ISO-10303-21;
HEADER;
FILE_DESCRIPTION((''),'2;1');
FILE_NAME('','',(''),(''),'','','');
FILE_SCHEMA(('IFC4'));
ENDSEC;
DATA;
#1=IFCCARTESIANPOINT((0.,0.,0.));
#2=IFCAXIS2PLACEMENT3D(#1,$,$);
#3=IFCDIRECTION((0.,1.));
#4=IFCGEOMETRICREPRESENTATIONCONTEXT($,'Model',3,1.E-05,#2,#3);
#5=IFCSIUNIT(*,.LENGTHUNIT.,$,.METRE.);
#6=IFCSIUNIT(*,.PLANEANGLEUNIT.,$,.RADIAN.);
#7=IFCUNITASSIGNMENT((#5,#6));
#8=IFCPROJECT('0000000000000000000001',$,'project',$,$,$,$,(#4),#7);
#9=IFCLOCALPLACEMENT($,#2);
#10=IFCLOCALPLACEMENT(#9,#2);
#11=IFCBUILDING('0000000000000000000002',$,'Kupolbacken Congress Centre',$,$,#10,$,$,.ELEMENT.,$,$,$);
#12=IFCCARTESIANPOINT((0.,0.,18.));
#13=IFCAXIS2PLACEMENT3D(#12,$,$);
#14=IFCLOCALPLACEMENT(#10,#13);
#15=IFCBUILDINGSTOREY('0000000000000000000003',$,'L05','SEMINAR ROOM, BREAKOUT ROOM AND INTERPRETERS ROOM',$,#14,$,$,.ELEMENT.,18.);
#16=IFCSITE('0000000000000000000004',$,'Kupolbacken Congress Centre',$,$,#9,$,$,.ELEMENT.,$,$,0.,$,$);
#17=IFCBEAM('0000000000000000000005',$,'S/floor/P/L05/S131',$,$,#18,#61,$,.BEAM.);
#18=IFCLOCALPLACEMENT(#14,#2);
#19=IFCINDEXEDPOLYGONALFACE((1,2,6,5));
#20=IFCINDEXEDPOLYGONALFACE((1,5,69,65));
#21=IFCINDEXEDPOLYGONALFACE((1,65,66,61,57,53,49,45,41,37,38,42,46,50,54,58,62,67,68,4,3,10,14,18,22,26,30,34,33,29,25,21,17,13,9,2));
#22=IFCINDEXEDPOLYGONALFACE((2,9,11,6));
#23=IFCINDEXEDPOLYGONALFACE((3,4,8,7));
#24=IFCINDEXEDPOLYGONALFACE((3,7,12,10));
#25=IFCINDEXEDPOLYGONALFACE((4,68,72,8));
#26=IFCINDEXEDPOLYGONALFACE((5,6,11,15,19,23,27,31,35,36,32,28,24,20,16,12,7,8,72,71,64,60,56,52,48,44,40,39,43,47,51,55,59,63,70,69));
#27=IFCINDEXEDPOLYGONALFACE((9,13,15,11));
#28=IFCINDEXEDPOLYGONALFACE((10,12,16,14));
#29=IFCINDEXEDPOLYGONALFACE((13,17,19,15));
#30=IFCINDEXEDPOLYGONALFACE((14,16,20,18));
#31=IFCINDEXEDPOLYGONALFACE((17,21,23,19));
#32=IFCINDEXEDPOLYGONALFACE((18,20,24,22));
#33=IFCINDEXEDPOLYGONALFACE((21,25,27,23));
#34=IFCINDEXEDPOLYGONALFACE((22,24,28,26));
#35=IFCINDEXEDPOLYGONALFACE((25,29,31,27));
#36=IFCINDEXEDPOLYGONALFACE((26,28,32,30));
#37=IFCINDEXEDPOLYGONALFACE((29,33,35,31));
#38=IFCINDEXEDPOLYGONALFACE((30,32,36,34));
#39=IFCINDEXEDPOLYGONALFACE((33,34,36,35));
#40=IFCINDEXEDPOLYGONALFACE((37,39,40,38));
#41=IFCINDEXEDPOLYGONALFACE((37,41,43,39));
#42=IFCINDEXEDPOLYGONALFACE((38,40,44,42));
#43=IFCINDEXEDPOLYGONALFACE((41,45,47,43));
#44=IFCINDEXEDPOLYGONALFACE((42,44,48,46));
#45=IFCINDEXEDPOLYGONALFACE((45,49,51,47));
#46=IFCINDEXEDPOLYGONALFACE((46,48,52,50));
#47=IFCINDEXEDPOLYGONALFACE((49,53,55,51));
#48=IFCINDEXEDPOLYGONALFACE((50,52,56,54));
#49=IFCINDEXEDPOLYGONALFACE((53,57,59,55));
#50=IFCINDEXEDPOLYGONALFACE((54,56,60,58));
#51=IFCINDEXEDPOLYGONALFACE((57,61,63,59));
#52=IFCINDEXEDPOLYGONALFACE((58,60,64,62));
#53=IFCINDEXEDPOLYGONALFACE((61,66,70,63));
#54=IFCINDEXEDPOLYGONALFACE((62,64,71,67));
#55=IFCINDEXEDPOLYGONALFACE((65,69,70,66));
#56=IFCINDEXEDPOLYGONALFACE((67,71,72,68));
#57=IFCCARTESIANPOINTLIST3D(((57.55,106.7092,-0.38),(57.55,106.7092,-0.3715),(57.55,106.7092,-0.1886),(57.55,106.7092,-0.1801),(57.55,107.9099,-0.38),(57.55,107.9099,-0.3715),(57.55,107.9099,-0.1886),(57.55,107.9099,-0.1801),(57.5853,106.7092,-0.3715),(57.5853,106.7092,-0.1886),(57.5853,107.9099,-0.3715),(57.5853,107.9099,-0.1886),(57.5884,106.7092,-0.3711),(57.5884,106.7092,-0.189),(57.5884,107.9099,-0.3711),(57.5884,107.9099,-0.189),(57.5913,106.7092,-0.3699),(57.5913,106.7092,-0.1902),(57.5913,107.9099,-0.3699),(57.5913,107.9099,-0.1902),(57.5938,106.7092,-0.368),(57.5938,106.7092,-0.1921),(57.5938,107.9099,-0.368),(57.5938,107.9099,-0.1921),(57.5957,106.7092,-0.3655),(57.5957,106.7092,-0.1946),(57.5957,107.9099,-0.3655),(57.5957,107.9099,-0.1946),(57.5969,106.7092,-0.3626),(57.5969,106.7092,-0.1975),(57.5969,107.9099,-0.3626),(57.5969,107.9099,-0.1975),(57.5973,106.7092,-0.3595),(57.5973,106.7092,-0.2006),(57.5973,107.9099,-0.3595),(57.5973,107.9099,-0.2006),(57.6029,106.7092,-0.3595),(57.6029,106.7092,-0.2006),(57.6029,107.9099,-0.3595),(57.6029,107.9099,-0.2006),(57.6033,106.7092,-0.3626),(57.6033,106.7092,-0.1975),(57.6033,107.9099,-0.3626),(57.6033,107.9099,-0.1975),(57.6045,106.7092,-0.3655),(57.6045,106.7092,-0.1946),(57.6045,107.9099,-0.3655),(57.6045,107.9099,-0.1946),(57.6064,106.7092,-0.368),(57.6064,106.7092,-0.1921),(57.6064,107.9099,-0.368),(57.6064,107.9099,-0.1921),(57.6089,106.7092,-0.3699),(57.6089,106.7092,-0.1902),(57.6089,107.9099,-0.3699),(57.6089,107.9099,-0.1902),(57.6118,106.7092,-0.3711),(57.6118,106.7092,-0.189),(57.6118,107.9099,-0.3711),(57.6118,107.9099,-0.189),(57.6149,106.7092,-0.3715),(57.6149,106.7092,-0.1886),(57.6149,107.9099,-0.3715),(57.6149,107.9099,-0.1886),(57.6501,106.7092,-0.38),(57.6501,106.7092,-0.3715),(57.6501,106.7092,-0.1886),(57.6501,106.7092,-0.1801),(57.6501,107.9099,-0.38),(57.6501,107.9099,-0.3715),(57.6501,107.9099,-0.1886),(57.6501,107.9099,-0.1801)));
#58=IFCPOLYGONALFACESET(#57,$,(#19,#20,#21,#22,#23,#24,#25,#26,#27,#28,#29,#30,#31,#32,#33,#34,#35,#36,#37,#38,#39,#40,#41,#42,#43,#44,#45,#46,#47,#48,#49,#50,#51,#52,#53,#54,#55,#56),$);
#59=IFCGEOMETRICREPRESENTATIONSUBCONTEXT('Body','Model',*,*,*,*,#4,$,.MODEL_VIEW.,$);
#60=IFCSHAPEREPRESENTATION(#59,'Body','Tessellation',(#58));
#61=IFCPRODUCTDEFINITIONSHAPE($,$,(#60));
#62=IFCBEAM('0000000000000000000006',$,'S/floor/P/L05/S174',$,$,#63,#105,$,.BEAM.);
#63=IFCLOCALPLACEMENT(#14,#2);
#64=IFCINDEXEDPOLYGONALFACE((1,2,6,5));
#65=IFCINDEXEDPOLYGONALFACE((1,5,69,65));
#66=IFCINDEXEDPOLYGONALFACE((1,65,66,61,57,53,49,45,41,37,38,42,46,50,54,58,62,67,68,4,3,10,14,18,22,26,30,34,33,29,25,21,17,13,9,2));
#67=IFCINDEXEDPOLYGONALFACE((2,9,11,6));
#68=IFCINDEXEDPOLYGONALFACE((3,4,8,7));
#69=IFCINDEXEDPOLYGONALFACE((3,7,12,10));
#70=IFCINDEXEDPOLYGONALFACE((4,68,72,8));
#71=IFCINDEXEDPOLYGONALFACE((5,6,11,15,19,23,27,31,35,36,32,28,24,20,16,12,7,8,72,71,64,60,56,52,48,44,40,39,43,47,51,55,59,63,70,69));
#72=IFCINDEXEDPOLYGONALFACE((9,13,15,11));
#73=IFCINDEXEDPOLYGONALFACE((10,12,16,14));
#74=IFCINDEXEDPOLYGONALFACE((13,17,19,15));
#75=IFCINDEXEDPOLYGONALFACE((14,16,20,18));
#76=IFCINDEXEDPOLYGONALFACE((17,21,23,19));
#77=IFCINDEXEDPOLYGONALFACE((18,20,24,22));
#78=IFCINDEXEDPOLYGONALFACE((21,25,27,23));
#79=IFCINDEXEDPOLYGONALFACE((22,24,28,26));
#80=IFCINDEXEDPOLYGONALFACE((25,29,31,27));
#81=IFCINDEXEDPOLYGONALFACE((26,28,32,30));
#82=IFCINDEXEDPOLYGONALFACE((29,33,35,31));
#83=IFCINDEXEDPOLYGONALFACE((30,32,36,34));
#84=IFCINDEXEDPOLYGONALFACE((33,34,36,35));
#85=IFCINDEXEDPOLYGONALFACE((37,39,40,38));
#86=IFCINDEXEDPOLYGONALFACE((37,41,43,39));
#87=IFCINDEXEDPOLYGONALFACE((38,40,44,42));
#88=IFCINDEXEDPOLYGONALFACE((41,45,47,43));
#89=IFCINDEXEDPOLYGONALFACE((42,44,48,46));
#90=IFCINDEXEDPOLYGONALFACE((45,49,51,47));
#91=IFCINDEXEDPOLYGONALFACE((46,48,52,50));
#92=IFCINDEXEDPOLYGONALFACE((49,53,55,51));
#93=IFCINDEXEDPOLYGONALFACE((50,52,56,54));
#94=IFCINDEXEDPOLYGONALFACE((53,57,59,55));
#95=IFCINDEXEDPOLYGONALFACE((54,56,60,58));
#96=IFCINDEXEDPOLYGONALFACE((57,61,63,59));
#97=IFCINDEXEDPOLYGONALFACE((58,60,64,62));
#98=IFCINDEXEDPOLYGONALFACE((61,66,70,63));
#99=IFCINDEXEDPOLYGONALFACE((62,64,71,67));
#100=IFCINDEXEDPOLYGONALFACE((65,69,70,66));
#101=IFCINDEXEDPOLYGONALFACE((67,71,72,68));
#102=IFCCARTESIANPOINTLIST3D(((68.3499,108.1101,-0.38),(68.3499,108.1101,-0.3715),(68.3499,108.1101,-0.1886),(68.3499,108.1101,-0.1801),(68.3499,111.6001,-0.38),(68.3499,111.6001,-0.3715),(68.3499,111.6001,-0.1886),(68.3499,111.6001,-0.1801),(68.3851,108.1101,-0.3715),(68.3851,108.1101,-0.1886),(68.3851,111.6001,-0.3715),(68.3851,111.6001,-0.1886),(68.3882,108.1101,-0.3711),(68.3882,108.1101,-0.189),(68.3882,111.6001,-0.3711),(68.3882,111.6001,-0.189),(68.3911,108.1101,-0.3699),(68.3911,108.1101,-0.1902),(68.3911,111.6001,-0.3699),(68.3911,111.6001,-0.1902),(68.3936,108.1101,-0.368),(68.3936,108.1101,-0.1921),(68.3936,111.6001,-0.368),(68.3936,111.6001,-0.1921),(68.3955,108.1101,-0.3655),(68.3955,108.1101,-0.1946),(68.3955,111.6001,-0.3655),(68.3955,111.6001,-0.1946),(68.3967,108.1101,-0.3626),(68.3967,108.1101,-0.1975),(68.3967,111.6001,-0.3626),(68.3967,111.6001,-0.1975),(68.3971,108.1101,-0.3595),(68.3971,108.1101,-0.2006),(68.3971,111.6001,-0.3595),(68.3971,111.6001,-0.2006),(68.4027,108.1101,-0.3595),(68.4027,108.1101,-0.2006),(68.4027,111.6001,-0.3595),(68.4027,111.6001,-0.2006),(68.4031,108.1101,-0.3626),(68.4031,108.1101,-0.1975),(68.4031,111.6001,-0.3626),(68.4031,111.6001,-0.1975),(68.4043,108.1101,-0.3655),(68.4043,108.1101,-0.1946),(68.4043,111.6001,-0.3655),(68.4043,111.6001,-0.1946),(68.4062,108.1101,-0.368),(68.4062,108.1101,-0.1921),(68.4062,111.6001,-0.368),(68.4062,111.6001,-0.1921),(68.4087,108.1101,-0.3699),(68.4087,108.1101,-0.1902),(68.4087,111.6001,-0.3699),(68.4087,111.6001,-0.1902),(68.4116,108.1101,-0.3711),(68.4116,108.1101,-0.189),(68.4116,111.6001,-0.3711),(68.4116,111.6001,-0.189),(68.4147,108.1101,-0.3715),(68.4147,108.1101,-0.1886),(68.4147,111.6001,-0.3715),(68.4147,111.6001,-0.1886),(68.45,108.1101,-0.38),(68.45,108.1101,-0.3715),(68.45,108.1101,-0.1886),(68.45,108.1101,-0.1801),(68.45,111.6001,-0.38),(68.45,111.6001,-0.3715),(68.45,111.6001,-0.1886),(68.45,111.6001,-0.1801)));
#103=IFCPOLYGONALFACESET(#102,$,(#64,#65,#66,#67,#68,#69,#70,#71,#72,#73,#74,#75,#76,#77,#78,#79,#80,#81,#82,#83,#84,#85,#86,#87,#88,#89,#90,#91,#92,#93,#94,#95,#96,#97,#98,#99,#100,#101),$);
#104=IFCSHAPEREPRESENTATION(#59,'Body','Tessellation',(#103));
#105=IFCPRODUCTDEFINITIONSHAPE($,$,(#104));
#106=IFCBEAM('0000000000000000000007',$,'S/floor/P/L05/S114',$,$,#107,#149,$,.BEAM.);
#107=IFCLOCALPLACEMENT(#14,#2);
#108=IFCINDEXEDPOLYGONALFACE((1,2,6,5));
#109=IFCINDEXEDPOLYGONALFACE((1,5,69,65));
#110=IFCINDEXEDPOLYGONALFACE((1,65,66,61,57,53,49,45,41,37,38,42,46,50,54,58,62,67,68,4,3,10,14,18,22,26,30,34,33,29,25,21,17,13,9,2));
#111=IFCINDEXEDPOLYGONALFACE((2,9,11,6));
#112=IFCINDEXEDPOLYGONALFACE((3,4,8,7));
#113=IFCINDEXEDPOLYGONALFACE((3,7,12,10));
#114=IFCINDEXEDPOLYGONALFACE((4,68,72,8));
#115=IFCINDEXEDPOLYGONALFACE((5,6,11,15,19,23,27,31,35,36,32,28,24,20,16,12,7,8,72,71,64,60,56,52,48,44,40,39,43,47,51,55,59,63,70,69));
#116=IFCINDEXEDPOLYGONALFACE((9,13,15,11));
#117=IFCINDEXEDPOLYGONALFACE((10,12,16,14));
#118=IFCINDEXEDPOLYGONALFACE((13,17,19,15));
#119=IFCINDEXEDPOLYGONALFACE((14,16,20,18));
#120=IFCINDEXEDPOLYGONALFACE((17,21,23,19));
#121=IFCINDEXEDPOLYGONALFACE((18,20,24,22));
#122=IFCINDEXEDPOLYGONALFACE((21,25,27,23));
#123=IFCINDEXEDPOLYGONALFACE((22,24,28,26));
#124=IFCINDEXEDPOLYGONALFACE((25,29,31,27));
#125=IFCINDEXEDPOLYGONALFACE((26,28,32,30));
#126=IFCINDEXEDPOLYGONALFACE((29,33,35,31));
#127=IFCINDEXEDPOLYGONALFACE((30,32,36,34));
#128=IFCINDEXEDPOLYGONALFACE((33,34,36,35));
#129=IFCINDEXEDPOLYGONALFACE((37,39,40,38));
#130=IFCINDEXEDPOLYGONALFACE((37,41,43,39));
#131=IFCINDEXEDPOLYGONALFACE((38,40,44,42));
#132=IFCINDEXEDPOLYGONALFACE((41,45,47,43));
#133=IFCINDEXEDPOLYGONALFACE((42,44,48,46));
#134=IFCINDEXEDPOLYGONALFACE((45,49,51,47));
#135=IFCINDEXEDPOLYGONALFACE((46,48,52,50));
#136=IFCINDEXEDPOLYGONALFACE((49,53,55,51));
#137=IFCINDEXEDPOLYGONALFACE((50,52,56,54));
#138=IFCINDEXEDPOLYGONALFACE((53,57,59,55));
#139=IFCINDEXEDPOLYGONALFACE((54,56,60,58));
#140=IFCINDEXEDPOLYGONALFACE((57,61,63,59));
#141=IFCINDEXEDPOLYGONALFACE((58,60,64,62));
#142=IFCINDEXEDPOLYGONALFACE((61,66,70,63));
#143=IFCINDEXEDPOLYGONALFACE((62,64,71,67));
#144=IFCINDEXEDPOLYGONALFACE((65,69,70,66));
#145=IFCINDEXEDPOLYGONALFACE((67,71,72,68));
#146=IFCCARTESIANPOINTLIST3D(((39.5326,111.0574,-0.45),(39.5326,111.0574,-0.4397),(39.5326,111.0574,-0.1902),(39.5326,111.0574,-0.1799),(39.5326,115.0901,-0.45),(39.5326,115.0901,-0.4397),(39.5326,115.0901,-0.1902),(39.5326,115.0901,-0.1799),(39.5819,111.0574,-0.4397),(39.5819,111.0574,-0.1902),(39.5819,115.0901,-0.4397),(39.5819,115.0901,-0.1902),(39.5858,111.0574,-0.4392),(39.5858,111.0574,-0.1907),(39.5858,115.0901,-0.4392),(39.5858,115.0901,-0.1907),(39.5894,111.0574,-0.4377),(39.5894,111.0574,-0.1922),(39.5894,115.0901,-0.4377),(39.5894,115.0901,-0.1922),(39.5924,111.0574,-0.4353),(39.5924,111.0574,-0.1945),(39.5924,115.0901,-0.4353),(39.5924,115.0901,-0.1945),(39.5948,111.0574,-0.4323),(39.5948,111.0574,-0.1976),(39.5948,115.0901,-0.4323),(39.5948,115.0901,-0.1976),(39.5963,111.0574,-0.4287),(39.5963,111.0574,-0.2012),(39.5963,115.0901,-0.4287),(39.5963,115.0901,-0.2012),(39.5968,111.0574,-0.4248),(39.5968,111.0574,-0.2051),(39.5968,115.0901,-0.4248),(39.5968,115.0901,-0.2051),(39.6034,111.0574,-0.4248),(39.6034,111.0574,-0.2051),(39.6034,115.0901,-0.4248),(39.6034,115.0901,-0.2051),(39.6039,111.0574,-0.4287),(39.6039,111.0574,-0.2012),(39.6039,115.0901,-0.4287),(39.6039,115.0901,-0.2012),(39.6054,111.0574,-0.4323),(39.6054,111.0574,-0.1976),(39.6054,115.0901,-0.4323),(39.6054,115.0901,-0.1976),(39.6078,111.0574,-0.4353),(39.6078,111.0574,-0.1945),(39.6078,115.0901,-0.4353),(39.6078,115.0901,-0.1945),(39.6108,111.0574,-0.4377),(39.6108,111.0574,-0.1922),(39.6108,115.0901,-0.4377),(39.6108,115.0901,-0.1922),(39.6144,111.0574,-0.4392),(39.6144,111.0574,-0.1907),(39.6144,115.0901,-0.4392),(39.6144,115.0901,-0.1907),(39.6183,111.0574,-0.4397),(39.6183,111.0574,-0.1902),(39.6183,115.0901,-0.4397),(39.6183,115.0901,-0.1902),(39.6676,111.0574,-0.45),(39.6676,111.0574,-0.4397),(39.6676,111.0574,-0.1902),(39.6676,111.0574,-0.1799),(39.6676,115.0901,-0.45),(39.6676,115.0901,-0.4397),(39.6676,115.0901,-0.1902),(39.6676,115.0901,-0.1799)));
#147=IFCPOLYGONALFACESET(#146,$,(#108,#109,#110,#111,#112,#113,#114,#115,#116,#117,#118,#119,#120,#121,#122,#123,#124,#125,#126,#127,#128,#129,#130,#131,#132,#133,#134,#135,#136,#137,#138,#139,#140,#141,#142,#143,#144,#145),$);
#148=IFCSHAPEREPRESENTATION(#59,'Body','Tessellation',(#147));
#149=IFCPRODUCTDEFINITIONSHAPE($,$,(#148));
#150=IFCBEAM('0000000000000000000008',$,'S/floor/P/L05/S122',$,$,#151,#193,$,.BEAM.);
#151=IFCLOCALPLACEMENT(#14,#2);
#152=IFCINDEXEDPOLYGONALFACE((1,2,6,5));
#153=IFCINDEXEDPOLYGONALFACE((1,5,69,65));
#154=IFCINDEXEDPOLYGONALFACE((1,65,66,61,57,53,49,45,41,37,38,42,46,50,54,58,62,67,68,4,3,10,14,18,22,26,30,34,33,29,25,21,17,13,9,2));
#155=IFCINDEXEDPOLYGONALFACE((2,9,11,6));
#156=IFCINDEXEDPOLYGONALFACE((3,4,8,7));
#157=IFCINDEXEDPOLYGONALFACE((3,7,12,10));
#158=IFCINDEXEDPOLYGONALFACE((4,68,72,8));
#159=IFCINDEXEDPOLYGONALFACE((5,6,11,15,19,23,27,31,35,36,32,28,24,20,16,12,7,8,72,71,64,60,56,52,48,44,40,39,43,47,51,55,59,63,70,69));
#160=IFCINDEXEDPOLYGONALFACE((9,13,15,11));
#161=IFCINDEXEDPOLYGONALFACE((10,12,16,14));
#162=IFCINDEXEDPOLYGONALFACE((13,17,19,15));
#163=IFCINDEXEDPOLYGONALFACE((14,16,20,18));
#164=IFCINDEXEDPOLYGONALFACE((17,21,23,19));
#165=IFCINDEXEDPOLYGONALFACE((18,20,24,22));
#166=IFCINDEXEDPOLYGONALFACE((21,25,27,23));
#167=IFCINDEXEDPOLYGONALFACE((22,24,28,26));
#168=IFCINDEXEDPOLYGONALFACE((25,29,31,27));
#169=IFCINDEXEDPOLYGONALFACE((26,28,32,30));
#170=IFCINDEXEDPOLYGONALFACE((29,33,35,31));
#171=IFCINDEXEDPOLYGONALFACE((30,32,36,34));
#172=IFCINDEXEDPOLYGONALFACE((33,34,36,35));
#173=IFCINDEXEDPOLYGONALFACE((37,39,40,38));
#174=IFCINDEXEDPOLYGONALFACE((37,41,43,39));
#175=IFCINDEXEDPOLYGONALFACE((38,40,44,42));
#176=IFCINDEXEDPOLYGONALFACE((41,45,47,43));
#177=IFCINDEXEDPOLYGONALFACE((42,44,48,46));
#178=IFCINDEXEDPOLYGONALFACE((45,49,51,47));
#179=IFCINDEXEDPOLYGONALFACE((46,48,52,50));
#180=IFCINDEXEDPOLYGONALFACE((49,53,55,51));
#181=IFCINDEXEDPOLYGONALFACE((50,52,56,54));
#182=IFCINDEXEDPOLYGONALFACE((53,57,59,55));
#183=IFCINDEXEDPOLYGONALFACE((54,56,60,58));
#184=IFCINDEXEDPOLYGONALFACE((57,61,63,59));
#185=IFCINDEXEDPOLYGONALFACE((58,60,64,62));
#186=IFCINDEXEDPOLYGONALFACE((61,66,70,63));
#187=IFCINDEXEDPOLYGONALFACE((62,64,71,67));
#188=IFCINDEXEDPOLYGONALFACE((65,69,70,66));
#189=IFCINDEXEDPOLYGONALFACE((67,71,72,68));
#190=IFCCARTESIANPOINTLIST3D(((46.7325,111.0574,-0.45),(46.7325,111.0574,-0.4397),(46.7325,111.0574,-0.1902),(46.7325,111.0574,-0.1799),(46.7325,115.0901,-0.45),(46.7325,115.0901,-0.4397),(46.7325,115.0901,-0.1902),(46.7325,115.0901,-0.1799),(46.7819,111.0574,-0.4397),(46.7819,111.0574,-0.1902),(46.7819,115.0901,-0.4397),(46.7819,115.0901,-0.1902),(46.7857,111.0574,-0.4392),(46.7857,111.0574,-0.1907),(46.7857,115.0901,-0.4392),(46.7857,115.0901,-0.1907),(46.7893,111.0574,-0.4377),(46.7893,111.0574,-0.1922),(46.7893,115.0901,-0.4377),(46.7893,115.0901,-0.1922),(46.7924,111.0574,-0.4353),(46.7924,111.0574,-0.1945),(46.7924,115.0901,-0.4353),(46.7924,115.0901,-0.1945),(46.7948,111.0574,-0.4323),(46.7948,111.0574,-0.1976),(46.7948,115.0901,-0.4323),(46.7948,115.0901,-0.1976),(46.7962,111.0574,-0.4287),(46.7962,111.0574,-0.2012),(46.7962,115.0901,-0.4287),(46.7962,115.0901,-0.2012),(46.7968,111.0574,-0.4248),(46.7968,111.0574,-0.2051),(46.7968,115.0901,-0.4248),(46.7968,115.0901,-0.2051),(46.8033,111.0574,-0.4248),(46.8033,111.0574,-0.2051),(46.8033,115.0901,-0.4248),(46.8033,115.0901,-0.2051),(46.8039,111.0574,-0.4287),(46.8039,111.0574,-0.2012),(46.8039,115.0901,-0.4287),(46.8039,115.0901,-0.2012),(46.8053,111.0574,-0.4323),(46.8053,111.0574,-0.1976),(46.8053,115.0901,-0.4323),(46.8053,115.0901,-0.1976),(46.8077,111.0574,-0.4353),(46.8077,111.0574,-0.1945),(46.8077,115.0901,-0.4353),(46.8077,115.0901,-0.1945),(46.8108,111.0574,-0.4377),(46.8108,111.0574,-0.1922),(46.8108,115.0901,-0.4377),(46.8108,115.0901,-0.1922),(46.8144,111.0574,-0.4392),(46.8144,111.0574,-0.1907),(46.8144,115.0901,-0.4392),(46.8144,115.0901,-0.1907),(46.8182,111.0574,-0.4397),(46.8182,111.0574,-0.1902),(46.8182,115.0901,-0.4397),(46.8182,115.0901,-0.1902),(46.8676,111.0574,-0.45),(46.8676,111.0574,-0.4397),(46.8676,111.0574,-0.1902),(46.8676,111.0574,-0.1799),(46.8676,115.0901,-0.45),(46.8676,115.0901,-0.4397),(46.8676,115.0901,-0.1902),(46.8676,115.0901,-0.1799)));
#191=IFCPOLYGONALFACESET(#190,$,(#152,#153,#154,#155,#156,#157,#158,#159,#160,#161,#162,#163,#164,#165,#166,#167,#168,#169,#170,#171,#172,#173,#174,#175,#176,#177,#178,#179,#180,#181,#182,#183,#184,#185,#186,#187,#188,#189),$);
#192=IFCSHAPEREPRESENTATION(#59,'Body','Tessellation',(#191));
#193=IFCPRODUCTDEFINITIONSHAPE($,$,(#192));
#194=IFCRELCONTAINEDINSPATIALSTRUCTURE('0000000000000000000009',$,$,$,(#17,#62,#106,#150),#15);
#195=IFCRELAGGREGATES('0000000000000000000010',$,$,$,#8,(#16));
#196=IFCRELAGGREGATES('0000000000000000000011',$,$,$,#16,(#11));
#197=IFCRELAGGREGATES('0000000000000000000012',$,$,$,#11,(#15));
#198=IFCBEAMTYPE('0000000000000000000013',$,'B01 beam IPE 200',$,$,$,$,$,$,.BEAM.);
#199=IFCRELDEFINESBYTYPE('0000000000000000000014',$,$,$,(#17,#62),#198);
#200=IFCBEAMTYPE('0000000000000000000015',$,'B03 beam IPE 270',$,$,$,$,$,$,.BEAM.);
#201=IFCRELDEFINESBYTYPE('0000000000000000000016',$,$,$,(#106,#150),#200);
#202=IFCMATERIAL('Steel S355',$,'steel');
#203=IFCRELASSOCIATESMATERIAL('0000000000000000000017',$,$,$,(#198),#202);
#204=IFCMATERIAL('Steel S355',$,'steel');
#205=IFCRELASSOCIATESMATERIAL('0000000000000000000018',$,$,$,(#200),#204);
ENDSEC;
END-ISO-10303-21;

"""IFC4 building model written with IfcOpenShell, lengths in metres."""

from ifc_helpers import new_model, si_unit, direction, frame, origin, origin_2d, place, context, subcontext, project, spatial, i_section, extrude, material, material_profile, profile_set, type_object, element, save


model = new_model("IFC4")

# Units and contexts
model_context = context("Model", 3, precision=1e-05, world=origin(), true_north=direction((0.0, 1.0)))
body_context = subcontext(model_context, "Body", "Model", "MODEL_VIEW")
ifc_project = project(units=[si_unit("LENGTHUNIT", "METRE"), si_unit("PLANEANGLEUNIT", "RADIAN")], contexts=[model_context])

# Site, building, storey
site_placement = place(None, origin())
site = spatial("IfcSite", under=ifc_project, at=site_placement, Name="Kupolbacken Congress Centre", CompositionType="ELEMENT", RefElevation=0.0)
building_placement = place(site_placement, origin())
building = spatial("IfcBuilding", under=site, at=building_placement, Name="Kupolbacken Congress Centre", CompositionType="ELEMENT")
storey_placement = place(building_placement, frame((0.0, 0.0, 18.0)))
storey = spatial("IfcBuildingStorey", under=building, at=storey_placement, Name="L05", Description="SEMINAR ROOM, BREAKOUT ROOM AND INTERPRETERS ROOM", CompositionType="ELEMENT", Elevation=18.0)

# Beams
ifc_material_1 = material(Name="Steel S355", Category="steel")
ifc_material_profile_1 = material_profile(ifc_material_1, i_section(OverallWidth=0.1001, OverallDepth=0.2, WebThickness=0.0056, FlangeThickness=0.0085, FilletRadius=0.012, at=origin_2d()), Name="IPE 200")
ifc_profile_set_1 = profile_set([ifc_material_profile_1], Name="Steel S355")
beam_type_1 = type_object("IfcBeamType", Name="B01 beam IPE 200", PredefinedType="BEAM", material=ifc_profile_set_1)
for number, where, z_axis, x_axis, name in (
    (1, (57.6001, 106.7092, -0.28), (0.0, 1.0, 0.0), (-1.0, 0.0, 0.0), "S/floor/P/L05/S131"),
):
    element("IfcBeam", number, at=place(storey_placement, frame(where, z_axis=z_axis, x_axis=x_axis)), inside=storey, type_object=beam_type_1, Name=name, PredefinedType="BEAM", context=body_context, shape_type="SweptSolid", body=[
        extrude(i_section(OverallWidth=0.1001, OverallDepth=0.2, WebThickness=0.0056, FlangeThickness=0.0085, FilletRadius=0.012, at=origin_2d()), origin(), (0.0, 0.0, 1.0), 1.2007),
    ])
beam_1_placement = place(storey_placement, frame((68.3999, 108.1101, -0.28), z_axis=(0.0, 1.0, 0.0), x_axis=(-1.0, 0.0, 0.0)))
element("IfcBeam", 2, at=beam_1_placement, inside=storey, type_object=beam_type_1, Name="S/floor/P/L05/S174", PredefinedType="BEAM", context=body_context, shape_type="SweptSolid", body=[
    extrude(i_section(OverallWidth=0.1001, OverallDepth=0.2, WebThickness=0.0056, FlangeThickness=0.0085, FilletRadius=0.012, at=origin_2d()), origin(), (0.0, 0.0, 1.0), 3.49),
])
ifc_material_2 = material(Name="Steel S355", Category="steel")
ifc_material_profile_2 = material_profile(ifc_material_2, i_section(OverallWidth=0.135, OverallDepth=0.27, WebThickness=0.0066, FlangeThickness=0.0103, FilletRadius=0.0149, at=origin_2d()), Name="IPE 270")
ifc_profile_set_2 = profile_set([ifc_material_profile_2], Name="Steel S355")
beam_type_2 = type_object("IfcBeamType", Name="B03 beam IPE 270", PredefinedType="BEAM", material=ifc_profile_set_2)
for number, where, z_axis, x_axis, name in (
    (3, (39.6001, 111.0574, -0.3149), (0.0, 1.0, 0.0), (-1.0, 0.0, 0.0), "S/floor/P/L05/S114"),
    (4, (46.8, 111.0574, -0.3149), (0.0, 1.0, 0.0), (-1.0, 0.0, 0.0), "S/floor/P/L05/S122"),
):
    element("IfcBeam", number, at=place(storey_placement, frame(where, z_axis=z_axis, x_axis=x_axis)), inside=storey, type_object=beam_type_2, Name=name, PredefinedType="BEAM", context=body_context, shape_type="SweptSolid", body=[
        extrude(i_section(OverallWidth=0.135, OverallDepth=0.27, WebThickness=0.0066, FlangeThickness=0.0103, FilletRadius=0.0149, at=origin_2d()), origin(), (0.0, 0.0, 1.0), 4.0327),
    ])

save(model, "model.ifc")
